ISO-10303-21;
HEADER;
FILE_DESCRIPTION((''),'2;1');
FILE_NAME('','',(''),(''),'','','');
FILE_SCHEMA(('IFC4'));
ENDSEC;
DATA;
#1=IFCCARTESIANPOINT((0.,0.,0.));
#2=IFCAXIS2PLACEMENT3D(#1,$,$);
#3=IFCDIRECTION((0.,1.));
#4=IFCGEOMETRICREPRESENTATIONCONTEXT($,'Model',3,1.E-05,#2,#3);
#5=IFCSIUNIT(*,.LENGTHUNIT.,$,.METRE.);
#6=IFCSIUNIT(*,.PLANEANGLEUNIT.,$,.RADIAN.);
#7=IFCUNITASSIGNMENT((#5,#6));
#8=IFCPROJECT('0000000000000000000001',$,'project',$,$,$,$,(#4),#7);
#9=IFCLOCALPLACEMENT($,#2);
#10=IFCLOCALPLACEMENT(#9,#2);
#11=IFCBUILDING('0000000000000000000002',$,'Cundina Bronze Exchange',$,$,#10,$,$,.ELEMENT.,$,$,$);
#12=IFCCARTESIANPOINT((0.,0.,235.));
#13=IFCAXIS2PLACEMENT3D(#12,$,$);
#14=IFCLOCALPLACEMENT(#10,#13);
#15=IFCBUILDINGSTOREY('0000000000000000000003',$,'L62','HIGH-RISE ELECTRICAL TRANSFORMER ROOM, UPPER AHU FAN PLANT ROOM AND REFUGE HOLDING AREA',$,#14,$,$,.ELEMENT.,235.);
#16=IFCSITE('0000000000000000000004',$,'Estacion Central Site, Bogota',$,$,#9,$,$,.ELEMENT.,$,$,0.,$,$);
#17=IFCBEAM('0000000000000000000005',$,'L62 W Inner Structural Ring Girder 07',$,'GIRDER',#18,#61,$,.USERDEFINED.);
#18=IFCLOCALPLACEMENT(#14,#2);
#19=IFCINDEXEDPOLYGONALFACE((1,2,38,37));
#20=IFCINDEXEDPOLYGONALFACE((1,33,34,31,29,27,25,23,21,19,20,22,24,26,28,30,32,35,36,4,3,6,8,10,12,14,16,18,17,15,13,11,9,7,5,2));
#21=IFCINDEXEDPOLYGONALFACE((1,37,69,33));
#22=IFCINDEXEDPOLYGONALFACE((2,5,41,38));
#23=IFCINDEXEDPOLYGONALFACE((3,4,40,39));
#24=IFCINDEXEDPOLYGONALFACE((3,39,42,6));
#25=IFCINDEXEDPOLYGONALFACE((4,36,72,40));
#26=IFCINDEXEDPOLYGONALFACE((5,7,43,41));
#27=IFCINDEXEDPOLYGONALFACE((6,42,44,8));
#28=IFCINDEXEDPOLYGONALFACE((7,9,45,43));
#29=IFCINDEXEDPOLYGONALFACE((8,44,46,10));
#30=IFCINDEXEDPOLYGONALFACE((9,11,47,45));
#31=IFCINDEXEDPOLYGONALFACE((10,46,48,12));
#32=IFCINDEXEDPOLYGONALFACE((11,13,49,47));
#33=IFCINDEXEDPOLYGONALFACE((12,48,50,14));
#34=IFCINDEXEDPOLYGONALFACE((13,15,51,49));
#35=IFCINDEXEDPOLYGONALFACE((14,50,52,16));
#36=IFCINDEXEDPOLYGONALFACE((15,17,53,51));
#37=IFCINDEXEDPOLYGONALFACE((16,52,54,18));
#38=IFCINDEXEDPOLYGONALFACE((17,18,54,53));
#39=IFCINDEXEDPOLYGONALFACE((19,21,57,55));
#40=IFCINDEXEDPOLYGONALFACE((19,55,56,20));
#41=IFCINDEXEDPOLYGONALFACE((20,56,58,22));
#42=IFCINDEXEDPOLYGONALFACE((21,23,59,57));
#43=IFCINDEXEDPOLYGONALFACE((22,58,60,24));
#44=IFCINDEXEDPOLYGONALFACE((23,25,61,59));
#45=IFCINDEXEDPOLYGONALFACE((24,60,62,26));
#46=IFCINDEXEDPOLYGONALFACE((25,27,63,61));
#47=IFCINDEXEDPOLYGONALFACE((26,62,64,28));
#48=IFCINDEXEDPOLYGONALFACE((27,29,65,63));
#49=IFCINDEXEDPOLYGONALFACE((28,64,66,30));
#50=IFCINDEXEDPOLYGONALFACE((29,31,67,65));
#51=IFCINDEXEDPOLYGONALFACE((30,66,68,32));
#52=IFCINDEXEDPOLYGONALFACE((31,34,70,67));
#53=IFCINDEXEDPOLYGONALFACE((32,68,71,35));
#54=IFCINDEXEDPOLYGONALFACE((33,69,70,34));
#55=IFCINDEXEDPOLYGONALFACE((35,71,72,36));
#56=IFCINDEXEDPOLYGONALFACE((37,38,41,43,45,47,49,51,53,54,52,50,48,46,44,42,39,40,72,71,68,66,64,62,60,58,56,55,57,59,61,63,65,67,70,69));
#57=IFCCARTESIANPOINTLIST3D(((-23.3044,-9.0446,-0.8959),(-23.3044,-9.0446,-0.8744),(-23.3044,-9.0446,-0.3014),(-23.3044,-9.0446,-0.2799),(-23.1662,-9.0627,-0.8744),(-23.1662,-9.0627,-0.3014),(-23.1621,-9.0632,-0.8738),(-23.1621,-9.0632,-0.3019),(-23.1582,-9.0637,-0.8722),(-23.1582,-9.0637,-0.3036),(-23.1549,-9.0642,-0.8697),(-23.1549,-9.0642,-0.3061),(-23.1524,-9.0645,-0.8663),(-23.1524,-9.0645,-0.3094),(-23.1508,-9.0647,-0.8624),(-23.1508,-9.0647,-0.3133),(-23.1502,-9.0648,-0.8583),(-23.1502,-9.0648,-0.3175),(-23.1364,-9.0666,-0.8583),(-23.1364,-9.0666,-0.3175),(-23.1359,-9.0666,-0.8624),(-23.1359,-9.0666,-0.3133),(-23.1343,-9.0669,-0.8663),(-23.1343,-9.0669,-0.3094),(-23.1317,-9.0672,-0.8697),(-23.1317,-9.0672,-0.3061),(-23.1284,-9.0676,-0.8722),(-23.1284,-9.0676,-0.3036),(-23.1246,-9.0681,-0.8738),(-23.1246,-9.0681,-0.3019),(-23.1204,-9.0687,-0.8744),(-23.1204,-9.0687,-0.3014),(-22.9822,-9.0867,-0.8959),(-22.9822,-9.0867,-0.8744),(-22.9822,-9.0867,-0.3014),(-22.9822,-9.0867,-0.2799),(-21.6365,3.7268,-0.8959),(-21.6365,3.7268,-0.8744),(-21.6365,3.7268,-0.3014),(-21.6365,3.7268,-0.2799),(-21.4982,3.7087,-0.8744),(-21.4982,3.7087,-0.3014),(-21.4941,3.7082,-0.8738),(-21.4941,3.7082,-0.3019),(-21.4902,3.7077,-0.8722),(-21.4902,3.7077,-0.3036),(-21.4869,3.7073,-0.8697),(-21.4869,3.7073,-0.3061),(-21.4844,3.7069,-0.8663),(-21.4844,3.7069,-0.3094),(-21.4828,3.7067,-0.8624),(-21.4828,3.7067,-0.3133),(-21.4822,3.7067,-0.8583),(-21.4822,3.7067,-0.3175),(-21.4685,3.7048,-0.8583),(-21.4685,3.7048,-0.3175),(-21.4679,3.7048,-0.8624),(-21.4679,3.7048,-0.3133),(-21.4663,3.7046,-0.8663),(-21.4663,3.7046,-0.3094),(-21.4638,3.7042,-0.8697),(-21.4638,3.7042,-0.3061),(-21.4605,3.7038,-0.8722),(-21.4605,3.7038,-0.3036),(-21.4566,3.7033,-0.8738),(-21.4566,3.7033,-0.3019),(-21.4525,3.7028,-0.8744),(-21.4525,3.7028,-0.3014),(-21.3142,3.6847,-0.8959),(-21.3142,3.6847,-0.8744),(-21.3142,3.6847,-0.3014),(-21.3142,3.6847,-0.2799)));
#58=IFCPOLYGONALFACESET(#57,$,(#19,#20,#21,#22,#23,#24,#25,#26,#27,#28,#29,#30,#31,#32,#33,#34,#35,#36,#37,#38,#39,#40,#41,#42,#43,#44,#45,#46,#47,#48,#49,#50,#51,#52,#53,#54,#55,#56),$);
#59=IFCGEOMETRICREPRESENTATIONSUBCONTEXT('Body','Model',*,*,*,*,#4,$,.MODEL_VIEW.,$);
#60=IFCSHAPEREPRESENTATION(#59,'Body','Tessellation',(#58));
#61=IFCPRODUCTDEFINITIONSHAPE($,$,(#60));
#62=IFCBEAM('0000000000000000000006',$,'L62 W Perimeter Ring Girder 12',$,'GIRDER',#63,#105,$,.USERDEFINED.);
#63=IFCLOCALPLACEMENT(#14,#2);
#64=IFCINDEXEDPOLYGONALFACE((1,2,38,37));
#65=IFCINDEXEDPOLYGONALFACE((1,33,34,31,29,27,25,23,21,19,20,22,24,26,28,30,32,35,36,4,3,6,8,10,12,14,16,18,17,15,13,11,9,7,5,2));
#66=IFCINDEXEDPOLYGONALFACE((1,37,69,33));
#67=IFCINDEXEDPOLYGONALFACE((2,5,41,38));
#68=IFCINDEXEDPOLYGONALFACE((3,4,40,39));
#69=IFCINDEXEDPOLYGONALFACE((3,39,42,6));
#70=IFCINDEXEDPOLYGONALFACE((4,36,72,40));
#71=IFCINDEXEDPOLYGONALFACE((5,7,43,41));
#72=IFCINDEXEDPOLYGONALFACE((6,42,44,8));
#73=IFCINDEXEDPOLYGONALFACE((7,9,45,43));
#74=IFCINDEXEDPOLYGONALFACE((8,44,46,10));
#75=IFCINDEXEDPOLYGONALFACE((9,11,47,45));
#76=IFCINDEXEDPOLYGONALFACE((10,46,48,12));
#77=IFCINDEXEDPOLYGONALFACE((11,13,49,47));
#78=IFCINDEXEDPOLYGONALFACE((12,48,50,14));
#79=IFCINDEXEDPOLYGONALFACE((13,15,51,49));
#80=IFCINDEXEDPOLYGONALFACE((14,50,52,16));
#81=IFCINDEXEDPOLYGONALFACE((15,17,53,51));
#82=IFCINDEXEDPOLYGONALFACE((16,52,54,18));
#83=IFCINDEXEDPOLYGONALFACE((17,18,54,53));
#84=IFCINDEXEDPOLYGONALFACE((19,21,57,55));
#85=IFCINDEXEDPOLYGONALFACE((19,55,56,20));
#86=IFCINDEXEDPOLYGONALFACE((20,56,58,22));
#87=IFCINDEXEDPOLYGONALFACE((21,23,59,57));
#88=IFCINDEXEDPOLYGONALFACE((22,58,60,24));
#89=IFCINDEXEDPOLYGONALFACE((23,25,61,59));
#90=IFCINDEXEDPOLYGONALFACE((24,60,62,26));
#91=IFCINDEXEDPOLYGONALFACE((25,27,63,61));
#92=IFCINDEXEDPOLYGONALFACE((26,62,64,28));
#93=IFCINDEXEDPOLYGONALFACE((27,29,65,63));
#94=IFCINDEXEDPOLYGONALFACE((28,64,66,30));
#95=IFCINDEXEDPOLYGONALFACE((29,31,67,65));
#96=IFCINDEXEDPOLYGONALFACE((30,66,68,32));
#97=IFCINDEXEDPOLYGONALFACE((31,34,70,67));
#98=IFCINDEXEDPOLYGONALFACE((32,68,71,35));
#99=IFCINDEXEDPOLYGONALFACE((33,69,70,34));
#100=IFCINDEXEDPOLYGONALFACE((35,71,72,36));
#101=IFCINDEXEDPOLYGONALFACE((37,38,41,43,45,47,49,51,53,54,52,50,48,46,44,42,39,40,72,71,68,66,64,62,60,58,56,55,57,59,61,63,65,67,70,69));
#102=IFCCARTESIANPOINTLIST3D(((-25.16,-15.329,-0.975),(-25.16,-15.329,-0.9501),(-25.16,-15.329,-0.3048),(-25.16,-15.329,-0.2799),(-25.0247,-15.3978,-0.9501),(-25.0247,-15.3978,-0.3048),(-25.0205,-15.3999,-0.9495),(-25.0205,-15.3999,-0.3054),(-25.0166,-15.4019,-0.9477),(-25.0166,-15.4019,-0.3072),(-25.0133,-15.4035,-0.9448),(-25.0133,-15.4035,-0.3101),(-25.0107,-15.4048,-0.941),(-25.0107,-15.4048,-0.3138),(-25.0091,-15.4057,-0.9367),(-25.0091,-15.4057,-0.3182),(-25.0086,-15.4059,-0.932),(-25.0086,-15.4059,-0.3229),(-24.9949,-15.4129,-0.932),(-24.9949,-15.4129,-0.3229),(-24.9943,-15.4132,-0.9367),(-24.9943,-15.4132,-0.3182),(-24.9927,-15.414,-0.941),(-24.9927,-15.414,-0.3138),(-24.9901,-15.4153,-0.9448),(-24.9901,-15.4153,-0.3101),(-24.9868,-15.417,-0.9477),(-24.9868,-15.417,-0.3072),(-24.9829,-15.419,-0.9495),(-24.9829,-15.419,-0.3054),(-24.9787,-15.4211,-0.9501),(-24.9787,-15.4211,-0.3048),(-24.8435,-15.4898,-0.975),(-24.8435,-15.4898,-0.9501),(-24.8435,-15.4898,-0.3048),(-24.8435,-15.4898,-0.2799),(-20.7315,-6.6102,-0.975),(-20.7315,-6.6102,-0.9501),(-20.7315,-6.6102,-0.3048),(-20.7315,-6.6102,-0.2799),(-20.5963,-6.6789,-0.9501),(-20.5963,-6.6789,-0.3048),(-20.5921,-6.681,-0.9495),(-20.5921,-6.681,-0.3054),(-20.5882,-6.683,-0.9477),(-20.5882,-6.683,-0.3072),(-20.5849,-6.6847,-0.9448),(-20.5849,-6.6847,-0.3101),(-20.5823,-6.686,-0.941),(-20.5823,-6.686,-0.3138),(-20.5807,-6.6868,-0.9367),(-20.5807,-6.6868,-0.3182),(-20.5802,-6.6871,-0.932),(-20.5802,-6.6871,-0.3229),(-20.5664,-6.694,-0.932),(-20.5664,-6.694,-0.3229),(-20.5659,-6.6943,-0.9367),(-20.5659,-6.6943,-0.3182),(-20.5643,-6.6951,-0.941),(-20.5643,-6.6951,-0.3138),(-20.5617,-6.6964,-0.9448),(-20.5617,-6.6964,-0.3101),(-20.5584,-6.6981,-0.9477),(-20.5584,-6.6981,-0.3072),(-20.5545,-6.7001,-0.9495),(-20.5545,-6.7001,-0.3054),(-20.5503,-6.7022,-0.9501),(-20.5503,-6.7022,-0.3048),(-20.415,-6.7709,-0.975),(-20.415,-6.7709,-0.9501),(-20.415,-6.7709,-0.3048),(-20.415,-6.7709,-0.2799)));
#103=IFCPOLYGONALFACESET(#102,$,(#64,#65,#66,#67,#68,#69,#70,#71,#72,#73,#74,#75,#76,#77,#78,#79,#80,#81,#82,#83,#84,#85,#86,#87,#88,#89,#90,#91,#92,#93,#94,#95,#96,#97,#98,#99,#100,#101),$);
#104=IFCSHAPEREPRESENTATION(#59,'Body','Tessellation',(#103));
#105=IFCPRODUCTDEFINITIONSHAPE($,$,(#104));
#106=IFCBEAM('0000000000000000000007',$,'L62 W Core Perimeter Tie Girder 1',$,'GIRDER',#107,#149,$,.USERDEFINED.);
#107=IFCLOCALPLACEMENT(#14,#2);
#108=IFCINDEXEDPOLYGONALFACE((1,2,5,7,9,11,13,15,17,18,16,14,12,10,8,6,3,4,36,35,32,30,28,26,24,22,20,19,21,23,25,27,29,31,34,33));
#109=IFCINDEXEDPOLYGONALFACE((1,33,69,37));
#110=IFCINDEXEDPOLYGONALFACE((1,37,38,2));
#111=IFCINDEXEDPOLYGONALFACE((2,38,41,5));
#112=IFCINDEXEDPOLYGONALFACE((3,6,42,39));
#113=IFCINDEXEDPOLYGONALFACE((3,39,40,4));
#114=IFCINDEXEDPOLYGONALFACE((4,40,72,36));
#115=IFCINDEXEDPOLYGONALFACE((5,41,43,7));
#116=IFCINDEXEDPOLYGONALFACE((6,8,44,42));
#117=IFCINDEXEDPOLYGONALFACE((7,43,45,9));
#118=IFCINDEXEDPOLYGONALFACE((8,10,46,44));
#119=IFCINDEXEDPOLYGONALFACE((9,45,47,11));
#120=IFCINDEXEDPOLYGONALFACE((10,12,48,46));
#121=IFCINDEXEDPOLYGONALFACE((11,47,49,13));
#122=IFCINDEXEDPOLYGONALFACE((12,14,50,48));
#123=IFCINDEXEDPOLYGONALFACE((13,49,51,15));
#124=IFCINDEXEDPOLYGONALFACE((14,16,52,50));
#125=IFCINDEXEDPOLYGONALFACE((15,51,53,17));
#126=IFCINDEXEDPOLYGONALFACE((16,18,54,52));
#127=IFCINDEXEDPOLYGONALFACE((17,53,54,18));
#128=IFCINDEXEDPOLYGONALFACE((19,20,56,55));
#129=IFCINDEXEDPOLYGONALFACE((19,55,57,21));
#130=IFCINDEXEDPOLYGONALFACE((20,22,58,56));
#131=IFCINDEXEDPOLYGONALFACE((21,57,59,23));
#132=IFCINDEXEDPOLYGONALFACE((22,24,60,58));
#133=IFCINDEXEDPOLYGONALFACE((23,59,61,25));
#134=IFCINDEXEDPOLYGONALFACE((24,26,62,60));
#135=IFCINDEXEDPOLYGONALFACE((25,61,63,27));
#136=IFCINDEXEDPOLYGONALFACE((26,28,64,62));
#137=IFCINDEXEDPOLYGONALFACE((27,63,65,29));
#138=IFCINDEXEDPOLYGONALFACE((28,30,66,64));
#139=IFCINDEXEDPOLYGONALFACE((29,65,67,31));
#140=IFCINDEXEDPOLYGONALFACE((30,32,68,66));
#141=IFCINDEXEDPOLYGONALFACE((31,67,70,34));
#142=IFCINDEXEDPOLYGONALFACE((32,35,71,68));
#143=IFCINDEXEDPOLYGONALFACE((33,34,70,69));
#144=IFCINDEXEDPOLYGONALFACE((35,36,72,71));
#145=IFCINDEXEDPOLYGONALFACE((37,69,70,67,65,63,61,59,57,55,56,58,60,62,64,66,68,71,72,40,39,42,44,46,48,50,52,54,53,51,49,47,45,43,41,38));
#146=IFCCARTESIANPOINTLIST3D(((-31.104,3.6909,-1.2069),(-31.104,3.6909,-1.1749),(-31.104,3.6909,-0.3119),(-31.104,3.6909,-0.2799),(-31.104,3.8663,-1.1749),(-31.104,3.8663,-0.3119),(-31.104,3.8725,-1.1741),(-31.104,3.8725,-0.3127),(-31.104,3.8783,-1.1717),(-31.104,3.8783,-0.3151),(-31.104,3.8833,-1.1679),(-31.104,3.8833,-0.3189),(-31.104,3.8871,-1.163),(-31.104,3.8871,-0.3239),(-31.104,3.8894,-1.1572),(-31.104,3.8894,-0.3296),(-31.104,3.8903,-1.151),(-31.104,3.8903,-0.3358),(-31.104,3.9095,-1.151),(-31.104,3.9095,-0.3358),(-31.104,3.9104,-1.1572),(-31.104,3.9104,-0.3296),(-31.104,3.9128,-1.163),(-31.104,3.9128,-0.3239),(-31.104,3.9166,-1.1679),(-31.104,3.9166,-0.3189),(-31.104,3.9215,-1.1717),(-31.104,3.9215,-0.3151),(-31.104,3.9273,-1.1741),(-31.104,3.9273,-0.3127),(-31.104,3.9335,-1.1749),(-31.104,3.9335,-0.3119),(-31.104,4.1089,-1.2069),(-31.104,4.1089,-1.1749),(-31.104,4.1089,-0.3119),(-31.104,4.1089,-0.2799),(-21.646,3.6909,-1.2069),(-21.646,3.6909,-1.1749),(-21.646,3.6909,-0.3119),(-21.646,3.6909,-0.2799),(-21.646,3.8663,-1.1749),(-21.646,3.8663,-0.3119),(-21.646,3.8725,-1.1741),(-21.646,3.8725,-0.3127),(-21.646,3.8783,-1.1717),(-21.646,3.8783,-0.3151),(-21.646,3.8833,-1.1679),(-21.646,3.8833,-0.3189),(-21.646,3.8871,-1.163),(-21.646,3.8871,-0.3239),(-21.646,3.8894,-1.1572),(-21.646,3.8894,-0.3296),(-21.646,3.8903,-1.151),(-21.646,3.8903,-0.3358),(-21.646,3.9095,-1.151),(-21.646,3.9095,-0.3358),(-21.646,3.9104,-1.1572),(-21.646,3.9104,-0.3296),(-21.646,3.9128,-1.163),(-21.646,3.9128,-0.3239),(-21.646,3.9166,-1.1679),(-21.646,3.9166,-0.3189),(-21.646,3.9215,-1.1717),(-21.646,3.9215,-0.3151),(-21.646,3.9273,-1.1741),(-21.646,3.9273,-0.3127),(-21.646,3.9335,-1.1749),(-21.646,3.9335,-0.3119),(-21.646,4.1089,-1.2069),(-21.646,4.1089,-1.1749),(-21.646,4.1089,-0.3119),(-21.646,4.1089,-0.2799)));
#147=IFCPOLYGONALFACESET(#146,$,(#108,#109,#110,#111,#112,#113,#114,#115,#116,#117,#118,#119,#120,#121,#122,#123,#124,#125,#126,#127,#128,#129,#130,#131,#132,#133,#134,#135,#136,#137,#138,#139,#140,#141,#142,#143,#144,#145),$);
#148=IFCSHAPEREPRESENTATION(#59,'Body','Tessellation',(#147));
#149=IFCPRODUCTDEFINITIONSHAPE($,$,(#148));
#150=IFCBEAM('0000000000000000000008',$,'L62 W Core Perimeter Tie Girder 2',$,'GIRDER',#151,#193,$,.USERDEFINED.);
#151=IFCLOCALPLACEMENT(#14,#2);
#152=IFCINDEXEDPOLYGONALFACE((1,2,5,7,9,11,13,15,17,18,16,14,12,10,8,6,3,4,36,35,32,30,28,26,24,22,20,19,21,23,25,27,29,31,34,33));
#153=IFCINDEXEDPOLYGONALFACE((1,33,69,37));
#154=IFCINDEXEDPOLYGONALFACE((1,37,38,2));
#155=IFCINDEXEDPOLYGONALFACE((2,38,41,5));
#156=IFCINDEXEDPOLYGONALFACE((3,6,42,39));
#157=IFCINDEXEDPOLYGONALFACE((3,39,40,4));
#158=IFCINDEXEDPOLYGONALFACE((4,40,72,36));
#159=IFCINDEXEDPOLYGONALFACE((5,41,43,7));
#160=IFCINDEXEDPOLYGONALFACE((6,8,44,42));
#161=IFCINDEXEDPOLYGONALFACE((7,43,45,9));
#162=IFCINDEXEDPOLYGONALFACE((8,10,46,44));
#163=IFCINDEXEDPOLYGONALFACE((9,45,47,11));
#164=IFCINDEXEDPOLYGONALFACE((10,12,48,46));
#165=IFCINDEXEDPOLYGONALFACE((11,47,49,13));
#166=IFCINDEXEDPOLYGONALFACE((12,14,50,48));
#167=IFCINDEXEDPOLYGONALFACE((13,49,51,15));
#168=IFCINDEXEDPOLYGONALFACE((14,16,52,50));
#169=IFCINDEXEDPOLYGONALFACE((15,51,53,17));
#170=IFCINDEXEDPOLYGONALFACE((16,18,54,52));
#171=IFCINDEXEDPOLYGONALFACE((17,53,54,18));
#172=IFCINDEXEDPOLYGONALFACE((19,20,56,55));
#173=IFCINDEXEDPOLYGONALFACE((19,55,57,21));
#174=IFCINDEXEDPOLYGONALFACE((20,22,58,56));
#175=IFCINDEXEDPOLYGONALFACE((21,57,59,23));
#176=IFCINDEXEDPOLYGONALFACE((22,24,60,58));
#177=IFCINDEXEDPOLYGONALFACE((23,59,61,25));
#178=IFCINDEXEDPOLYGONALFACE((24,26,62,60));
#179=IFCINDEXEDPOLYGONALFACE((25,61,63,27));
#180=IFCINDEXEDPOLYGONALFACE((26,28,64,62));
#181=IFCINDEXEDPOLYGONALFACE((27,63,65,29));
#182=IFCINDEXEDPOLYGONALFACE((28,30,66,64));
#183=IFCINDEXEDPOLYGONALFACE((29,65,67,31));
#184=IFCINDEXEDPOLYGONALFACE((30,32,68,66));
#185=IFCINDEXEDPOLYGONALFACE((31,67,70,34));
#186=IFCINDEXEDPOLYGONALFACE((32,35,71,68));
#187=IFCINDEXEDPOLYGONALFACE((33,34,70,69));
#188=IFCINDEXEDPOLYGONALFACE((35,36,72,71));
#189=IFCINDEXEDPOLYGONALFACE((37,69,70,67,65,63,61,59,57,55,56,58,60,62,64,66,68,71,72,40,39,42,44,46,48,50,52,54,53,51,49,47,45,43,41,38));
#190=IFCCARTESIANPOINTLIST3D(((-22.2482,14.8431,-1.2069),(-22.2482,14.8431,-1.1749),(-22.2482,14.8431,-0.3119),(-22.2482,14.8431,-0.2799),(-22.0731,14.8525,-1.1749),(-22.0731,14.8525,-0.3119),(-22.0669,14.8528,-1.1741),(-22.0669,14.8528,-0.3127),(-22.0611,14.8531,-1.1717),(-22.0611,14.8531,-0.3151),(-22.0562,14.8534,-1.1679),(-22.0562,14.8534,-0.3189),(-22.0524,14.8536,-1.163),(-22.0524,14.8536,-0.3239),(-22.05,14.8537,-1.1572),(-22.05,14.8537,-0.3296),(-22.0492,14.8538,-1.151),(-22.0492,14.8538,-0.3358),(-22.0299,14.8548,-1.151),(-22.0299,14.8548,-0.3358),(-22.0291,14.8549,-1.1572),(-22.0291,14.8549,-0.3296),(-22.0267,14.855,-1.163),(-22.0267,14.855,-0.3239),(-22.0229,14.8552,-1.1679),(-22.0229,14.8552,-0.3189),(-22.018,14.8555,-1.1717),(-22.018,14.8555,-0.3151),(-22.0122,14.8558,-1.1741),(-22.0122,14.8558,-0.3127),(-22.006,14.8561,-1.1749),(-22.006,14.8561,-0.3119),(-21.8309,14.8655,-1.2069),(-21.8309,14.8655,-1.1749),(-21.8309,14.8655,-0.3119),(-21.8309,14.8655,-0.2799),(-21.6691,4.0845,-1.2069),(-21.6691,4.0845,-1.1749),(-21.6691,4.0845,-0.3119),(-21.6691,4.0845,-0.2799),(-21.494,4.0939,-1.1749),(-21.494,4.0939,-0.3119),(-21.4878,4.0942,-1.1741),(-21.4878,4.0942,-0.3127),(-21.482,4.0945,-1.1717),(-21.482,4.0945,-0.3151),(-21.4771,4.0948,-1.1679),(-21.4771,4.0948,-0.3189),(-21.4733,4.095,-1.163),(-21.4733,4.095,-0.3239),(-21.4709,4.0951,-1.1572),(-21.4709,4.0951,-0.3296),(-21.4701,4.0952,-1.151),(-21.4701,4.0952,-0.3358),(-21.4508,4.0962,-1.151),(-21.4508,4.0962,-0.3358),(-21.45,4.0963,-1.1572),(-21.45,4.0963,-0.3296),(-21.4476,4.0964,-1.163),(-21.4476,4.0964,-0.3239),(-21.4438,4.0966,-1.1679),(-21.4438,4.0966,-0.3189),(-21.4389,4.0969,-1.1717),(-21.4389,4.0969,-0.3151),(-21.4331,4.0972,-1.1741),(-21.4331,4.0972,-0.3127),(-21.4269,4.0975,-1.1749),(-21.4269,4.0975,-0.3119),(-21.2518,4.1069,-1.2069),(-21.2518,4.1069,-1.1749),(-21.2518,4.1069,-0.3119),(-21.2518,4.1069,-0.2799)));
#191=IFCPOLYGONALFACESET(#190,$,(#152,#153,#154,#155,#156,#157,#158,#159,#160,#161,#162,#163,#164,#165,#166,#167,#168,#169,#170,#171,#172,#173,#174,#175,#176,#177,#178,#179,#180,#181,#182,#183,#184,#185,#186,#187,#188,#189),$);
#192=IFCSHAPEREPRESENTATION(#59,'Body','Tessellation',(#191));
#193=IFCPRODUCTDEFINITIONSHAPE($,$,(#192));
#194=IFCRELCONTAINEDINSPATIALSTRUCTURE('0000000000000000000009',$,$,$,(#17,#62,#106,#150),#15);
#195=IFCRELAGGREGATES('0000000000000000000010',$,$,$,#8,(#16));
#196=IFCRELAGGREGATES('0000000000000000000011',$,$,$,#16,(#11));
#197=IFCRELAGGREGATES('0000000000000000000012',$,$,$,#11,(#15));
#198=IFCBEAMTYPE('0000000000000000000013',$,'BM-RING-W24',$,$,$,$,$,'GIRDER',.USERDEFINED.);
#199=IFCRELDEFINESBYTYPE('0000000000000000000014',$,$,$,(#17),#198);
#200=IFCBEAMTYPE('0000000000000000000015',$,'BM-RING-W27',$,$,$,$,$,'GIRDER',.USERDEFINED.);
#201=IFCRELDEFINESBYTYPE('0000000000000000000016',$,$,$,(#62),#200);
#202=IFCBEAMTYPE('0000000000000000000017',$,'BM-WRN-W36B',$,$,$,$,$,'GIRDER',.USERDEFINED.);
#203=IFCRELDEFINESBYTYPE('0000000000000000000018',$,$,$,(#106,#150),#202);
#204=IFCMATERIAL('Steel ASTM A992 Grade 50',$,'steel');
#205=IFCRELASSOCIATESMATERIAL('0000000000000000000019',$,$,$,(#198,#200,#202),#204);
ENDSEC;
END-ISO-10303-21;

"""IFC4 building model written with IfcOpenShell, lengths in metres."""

from ifc_helpers import new_model, si_unit, direction, frame, origin, origin_2d, place, context, subcontext, project, spatial, i_section, extrude, material, material_profile, profile_set, type_object, element, save


model = new_model("IFC4")

# Units and contexts
model_context = context("Model", 3, precision=1e-05, world=origin(), true_north=direction((0.0, 1.0)))
body_context = subcontext(model_context, "Body", "Model", "MODEL_VIEW")
ifc_project = project(units=[si_unit("LENGTHUNIT", "METRE"), si_unit("PLANEANGLEUNIT", "RADIAN")], contexts=[model_context])

# Site, building, storey
site_placement = place(None, origin())
site = spatial("IfcSite", under=ifc_project, at=site_placement, Name="Estacion Central Site, Bogota", CompositionType="ELEMENT", RefElevation=0.0)
building_placement = place(site_placement, origin())
building = spatial("IfcBuilding", under=site, at=building_placement, Name="Cundina Bronze Exchange", CompositionType="ELEMENT")
storey_placement = place(building_placement, frame((0.0, 0.0, 235.0)))
storey = spatial("IfcBuildingStorey", under=building, at=storey_placement, Name="L62", Description="HIGH-RISE ELECTRICAL TRANSFORMER ROOM, UPPER AHU FAN PLANT ROOM AND REFUGE HOLDING AREA", CompositionType="ELEMENT", Elevation=235.0)

# Shared definitions
ifc_material_1 = material(Name="Steel ASTM A992 Grade 50", Category="steel")

# Beams
ifc_material_profile_1 = material_profile(ifc_material_1, i_section(OverallWidth=0.325, OverallDepth=0.616, WebThickness=0.0139, FlangeThickness=0.0215, FilletRadius=0.0161, at=origin_2d()), Name="W24X117", Category="steel")
ifc_profile_set_1 = profile_set([ifc_material_profile_1], Name="Steel ASTM A992 Grade 50")
beam_type_1 = type_object("IfcBeamType", Name="BM-RING-W24", ElementType="GIRDER", PredefinedType="USERDEFINED", material=ifc_profile_set_1)
beam_1_placement = place(storey_placement, frame((-23.1433, -9.0657, -0.5879), z_axis=(0.129501, 0.991579, 0.0), x_axis=(-0.991579, 0.129501, 0.0)))
element("IfcBeam", 1, at=beam_1_placement, inside=storey, type_object=beam_type_1, Name="L62 W Inner Structural Ring Girder 07", ObjectType="GIRDER", PredefinedType="USERDEFINED", context=body_context, shape_type="SweptSolid", body=[
    extrude(i_section(OverallWidth=0.325, OverallDepth=0.616, WebThickness=0.0139, FlangeThickness=0.0215, FilletRadius=0.0161, at=origin_2d()), origin(), (0.0, 0.0, 1.0), 12.8799),
])
ifc_material_profile_2 = material_profile(ifc_material_1, i_section(OverallWidth=0.355, OverallDepth=0.6951, WebThickness=0.0154, FlangeThickness=0.0249, FilletRadius=0.0181, at=origin_2d()), Name="W27X146", Category="steel")
ifc_profile_set_2 = profile_set([ifc_material_profile_2], Name="Steel ASTM A992 Grade 50")
beam_type_2 = type_object("IfcBeamType", Name="BM-RING-W27", ElementType="GIRDER", PredefinedType="USERDEFINED", material=ifc_profile_set_2)
beam_2_placement = place(storey_placement, frame((-25.0017, -15.4094, -0.6274), z_axis=(0.452847, 0.891588, 0.0), x_axis=(-0.891588, 0.452847, 0.0)))
element("IfcBeam", 2, at=beam_2_placement, inside=storey, type_object=beam_type_2, Name="L62 W Perimeter Ring Girder 12", ObjectType="GIRDER", PredefinedType="USERDEFINED", context=body_context, shape_type="SweptSolid", body=[
    extrude(i_section(OverallWidth=0.355, OverallDepth=0.6951, WebThickness=0.0154, FlangeThickness=0.0249, FilletRadius=0.0181, at=origin_2d()), origin(), (0.0, 0.0, 1.0), 9.7791),
])
ifc_material_profile_3 = material_profile(ifc_material_1, i_section(OverallWidth=0.418, OverallDepth=0.927, WebThickness=0.0193, FlangeThickness=0.032, FilletRadius=0.0239, at=origin_2d()), Name="W36X231", Category="steel")
ifc_profile_set_3 = profile_set([ifc_material_profile_3], Name="Steel ASTM A992 Grade 50")
beam_type_3 = type_object("IfcBeamType", Name="BM-WRN-W36B", ElementType="GIRDER", PredefinedType="USERDEFINED", material=ifc_profile_set_3)
beam_3_placement = place(storey_placement, frame((-31.104, 3.8999, -0.7434), z_axis=(1.0, 0.0, 0.0), x_axis=(0.0, 1.0, 0.0)))
element("IfcBeam", 3, at=beam_3_placement, inside=storey, type_object=beam_type_3, Name="L62 W Core Perimeter Tie Girder 1", ObjectType="GIRDER", PredefinedType="USERDEFINED", context=body_context, shape_type="SweptSolid", body=[
    extrude(i_section(OverallWidth=0.418, OverallDepth=0.927, WebThickness=0.0193, FlangeThickness=0.032, FilletRadius=0.0239, at=origin_2d()), origin(), (0.0, 0.0, 1.0), 9.458),
])
beam_4_placement = place(storey_placement, frame((-21.4604, 4.0957, -0.7434), z_axis=(-0.053749, 0.998554, 0.0), x_axis=(-0.998554, -0.053749, 0.0)))
element("IfcBeam", 4, at=beam_4_placement, inside=storey, type_object=beam_type_3, Name="L62 W Core Perimeter Tie Girder 2", ObjectType="GIRDER", PredefinedType="USERDEFINED", context=body_context, shape_type="SweptSolid", body=[
    extrude(i_section(OverallWidth=0.418, OverallDepth=0.927, WebThickness=0.0193, FlangeThickness=0.032, FilletRadius=0.0239, at=origin_2d()), origin(), (0.0, 0.0, 1.0), 10.7742),
])

save(model, "model.ifc")
